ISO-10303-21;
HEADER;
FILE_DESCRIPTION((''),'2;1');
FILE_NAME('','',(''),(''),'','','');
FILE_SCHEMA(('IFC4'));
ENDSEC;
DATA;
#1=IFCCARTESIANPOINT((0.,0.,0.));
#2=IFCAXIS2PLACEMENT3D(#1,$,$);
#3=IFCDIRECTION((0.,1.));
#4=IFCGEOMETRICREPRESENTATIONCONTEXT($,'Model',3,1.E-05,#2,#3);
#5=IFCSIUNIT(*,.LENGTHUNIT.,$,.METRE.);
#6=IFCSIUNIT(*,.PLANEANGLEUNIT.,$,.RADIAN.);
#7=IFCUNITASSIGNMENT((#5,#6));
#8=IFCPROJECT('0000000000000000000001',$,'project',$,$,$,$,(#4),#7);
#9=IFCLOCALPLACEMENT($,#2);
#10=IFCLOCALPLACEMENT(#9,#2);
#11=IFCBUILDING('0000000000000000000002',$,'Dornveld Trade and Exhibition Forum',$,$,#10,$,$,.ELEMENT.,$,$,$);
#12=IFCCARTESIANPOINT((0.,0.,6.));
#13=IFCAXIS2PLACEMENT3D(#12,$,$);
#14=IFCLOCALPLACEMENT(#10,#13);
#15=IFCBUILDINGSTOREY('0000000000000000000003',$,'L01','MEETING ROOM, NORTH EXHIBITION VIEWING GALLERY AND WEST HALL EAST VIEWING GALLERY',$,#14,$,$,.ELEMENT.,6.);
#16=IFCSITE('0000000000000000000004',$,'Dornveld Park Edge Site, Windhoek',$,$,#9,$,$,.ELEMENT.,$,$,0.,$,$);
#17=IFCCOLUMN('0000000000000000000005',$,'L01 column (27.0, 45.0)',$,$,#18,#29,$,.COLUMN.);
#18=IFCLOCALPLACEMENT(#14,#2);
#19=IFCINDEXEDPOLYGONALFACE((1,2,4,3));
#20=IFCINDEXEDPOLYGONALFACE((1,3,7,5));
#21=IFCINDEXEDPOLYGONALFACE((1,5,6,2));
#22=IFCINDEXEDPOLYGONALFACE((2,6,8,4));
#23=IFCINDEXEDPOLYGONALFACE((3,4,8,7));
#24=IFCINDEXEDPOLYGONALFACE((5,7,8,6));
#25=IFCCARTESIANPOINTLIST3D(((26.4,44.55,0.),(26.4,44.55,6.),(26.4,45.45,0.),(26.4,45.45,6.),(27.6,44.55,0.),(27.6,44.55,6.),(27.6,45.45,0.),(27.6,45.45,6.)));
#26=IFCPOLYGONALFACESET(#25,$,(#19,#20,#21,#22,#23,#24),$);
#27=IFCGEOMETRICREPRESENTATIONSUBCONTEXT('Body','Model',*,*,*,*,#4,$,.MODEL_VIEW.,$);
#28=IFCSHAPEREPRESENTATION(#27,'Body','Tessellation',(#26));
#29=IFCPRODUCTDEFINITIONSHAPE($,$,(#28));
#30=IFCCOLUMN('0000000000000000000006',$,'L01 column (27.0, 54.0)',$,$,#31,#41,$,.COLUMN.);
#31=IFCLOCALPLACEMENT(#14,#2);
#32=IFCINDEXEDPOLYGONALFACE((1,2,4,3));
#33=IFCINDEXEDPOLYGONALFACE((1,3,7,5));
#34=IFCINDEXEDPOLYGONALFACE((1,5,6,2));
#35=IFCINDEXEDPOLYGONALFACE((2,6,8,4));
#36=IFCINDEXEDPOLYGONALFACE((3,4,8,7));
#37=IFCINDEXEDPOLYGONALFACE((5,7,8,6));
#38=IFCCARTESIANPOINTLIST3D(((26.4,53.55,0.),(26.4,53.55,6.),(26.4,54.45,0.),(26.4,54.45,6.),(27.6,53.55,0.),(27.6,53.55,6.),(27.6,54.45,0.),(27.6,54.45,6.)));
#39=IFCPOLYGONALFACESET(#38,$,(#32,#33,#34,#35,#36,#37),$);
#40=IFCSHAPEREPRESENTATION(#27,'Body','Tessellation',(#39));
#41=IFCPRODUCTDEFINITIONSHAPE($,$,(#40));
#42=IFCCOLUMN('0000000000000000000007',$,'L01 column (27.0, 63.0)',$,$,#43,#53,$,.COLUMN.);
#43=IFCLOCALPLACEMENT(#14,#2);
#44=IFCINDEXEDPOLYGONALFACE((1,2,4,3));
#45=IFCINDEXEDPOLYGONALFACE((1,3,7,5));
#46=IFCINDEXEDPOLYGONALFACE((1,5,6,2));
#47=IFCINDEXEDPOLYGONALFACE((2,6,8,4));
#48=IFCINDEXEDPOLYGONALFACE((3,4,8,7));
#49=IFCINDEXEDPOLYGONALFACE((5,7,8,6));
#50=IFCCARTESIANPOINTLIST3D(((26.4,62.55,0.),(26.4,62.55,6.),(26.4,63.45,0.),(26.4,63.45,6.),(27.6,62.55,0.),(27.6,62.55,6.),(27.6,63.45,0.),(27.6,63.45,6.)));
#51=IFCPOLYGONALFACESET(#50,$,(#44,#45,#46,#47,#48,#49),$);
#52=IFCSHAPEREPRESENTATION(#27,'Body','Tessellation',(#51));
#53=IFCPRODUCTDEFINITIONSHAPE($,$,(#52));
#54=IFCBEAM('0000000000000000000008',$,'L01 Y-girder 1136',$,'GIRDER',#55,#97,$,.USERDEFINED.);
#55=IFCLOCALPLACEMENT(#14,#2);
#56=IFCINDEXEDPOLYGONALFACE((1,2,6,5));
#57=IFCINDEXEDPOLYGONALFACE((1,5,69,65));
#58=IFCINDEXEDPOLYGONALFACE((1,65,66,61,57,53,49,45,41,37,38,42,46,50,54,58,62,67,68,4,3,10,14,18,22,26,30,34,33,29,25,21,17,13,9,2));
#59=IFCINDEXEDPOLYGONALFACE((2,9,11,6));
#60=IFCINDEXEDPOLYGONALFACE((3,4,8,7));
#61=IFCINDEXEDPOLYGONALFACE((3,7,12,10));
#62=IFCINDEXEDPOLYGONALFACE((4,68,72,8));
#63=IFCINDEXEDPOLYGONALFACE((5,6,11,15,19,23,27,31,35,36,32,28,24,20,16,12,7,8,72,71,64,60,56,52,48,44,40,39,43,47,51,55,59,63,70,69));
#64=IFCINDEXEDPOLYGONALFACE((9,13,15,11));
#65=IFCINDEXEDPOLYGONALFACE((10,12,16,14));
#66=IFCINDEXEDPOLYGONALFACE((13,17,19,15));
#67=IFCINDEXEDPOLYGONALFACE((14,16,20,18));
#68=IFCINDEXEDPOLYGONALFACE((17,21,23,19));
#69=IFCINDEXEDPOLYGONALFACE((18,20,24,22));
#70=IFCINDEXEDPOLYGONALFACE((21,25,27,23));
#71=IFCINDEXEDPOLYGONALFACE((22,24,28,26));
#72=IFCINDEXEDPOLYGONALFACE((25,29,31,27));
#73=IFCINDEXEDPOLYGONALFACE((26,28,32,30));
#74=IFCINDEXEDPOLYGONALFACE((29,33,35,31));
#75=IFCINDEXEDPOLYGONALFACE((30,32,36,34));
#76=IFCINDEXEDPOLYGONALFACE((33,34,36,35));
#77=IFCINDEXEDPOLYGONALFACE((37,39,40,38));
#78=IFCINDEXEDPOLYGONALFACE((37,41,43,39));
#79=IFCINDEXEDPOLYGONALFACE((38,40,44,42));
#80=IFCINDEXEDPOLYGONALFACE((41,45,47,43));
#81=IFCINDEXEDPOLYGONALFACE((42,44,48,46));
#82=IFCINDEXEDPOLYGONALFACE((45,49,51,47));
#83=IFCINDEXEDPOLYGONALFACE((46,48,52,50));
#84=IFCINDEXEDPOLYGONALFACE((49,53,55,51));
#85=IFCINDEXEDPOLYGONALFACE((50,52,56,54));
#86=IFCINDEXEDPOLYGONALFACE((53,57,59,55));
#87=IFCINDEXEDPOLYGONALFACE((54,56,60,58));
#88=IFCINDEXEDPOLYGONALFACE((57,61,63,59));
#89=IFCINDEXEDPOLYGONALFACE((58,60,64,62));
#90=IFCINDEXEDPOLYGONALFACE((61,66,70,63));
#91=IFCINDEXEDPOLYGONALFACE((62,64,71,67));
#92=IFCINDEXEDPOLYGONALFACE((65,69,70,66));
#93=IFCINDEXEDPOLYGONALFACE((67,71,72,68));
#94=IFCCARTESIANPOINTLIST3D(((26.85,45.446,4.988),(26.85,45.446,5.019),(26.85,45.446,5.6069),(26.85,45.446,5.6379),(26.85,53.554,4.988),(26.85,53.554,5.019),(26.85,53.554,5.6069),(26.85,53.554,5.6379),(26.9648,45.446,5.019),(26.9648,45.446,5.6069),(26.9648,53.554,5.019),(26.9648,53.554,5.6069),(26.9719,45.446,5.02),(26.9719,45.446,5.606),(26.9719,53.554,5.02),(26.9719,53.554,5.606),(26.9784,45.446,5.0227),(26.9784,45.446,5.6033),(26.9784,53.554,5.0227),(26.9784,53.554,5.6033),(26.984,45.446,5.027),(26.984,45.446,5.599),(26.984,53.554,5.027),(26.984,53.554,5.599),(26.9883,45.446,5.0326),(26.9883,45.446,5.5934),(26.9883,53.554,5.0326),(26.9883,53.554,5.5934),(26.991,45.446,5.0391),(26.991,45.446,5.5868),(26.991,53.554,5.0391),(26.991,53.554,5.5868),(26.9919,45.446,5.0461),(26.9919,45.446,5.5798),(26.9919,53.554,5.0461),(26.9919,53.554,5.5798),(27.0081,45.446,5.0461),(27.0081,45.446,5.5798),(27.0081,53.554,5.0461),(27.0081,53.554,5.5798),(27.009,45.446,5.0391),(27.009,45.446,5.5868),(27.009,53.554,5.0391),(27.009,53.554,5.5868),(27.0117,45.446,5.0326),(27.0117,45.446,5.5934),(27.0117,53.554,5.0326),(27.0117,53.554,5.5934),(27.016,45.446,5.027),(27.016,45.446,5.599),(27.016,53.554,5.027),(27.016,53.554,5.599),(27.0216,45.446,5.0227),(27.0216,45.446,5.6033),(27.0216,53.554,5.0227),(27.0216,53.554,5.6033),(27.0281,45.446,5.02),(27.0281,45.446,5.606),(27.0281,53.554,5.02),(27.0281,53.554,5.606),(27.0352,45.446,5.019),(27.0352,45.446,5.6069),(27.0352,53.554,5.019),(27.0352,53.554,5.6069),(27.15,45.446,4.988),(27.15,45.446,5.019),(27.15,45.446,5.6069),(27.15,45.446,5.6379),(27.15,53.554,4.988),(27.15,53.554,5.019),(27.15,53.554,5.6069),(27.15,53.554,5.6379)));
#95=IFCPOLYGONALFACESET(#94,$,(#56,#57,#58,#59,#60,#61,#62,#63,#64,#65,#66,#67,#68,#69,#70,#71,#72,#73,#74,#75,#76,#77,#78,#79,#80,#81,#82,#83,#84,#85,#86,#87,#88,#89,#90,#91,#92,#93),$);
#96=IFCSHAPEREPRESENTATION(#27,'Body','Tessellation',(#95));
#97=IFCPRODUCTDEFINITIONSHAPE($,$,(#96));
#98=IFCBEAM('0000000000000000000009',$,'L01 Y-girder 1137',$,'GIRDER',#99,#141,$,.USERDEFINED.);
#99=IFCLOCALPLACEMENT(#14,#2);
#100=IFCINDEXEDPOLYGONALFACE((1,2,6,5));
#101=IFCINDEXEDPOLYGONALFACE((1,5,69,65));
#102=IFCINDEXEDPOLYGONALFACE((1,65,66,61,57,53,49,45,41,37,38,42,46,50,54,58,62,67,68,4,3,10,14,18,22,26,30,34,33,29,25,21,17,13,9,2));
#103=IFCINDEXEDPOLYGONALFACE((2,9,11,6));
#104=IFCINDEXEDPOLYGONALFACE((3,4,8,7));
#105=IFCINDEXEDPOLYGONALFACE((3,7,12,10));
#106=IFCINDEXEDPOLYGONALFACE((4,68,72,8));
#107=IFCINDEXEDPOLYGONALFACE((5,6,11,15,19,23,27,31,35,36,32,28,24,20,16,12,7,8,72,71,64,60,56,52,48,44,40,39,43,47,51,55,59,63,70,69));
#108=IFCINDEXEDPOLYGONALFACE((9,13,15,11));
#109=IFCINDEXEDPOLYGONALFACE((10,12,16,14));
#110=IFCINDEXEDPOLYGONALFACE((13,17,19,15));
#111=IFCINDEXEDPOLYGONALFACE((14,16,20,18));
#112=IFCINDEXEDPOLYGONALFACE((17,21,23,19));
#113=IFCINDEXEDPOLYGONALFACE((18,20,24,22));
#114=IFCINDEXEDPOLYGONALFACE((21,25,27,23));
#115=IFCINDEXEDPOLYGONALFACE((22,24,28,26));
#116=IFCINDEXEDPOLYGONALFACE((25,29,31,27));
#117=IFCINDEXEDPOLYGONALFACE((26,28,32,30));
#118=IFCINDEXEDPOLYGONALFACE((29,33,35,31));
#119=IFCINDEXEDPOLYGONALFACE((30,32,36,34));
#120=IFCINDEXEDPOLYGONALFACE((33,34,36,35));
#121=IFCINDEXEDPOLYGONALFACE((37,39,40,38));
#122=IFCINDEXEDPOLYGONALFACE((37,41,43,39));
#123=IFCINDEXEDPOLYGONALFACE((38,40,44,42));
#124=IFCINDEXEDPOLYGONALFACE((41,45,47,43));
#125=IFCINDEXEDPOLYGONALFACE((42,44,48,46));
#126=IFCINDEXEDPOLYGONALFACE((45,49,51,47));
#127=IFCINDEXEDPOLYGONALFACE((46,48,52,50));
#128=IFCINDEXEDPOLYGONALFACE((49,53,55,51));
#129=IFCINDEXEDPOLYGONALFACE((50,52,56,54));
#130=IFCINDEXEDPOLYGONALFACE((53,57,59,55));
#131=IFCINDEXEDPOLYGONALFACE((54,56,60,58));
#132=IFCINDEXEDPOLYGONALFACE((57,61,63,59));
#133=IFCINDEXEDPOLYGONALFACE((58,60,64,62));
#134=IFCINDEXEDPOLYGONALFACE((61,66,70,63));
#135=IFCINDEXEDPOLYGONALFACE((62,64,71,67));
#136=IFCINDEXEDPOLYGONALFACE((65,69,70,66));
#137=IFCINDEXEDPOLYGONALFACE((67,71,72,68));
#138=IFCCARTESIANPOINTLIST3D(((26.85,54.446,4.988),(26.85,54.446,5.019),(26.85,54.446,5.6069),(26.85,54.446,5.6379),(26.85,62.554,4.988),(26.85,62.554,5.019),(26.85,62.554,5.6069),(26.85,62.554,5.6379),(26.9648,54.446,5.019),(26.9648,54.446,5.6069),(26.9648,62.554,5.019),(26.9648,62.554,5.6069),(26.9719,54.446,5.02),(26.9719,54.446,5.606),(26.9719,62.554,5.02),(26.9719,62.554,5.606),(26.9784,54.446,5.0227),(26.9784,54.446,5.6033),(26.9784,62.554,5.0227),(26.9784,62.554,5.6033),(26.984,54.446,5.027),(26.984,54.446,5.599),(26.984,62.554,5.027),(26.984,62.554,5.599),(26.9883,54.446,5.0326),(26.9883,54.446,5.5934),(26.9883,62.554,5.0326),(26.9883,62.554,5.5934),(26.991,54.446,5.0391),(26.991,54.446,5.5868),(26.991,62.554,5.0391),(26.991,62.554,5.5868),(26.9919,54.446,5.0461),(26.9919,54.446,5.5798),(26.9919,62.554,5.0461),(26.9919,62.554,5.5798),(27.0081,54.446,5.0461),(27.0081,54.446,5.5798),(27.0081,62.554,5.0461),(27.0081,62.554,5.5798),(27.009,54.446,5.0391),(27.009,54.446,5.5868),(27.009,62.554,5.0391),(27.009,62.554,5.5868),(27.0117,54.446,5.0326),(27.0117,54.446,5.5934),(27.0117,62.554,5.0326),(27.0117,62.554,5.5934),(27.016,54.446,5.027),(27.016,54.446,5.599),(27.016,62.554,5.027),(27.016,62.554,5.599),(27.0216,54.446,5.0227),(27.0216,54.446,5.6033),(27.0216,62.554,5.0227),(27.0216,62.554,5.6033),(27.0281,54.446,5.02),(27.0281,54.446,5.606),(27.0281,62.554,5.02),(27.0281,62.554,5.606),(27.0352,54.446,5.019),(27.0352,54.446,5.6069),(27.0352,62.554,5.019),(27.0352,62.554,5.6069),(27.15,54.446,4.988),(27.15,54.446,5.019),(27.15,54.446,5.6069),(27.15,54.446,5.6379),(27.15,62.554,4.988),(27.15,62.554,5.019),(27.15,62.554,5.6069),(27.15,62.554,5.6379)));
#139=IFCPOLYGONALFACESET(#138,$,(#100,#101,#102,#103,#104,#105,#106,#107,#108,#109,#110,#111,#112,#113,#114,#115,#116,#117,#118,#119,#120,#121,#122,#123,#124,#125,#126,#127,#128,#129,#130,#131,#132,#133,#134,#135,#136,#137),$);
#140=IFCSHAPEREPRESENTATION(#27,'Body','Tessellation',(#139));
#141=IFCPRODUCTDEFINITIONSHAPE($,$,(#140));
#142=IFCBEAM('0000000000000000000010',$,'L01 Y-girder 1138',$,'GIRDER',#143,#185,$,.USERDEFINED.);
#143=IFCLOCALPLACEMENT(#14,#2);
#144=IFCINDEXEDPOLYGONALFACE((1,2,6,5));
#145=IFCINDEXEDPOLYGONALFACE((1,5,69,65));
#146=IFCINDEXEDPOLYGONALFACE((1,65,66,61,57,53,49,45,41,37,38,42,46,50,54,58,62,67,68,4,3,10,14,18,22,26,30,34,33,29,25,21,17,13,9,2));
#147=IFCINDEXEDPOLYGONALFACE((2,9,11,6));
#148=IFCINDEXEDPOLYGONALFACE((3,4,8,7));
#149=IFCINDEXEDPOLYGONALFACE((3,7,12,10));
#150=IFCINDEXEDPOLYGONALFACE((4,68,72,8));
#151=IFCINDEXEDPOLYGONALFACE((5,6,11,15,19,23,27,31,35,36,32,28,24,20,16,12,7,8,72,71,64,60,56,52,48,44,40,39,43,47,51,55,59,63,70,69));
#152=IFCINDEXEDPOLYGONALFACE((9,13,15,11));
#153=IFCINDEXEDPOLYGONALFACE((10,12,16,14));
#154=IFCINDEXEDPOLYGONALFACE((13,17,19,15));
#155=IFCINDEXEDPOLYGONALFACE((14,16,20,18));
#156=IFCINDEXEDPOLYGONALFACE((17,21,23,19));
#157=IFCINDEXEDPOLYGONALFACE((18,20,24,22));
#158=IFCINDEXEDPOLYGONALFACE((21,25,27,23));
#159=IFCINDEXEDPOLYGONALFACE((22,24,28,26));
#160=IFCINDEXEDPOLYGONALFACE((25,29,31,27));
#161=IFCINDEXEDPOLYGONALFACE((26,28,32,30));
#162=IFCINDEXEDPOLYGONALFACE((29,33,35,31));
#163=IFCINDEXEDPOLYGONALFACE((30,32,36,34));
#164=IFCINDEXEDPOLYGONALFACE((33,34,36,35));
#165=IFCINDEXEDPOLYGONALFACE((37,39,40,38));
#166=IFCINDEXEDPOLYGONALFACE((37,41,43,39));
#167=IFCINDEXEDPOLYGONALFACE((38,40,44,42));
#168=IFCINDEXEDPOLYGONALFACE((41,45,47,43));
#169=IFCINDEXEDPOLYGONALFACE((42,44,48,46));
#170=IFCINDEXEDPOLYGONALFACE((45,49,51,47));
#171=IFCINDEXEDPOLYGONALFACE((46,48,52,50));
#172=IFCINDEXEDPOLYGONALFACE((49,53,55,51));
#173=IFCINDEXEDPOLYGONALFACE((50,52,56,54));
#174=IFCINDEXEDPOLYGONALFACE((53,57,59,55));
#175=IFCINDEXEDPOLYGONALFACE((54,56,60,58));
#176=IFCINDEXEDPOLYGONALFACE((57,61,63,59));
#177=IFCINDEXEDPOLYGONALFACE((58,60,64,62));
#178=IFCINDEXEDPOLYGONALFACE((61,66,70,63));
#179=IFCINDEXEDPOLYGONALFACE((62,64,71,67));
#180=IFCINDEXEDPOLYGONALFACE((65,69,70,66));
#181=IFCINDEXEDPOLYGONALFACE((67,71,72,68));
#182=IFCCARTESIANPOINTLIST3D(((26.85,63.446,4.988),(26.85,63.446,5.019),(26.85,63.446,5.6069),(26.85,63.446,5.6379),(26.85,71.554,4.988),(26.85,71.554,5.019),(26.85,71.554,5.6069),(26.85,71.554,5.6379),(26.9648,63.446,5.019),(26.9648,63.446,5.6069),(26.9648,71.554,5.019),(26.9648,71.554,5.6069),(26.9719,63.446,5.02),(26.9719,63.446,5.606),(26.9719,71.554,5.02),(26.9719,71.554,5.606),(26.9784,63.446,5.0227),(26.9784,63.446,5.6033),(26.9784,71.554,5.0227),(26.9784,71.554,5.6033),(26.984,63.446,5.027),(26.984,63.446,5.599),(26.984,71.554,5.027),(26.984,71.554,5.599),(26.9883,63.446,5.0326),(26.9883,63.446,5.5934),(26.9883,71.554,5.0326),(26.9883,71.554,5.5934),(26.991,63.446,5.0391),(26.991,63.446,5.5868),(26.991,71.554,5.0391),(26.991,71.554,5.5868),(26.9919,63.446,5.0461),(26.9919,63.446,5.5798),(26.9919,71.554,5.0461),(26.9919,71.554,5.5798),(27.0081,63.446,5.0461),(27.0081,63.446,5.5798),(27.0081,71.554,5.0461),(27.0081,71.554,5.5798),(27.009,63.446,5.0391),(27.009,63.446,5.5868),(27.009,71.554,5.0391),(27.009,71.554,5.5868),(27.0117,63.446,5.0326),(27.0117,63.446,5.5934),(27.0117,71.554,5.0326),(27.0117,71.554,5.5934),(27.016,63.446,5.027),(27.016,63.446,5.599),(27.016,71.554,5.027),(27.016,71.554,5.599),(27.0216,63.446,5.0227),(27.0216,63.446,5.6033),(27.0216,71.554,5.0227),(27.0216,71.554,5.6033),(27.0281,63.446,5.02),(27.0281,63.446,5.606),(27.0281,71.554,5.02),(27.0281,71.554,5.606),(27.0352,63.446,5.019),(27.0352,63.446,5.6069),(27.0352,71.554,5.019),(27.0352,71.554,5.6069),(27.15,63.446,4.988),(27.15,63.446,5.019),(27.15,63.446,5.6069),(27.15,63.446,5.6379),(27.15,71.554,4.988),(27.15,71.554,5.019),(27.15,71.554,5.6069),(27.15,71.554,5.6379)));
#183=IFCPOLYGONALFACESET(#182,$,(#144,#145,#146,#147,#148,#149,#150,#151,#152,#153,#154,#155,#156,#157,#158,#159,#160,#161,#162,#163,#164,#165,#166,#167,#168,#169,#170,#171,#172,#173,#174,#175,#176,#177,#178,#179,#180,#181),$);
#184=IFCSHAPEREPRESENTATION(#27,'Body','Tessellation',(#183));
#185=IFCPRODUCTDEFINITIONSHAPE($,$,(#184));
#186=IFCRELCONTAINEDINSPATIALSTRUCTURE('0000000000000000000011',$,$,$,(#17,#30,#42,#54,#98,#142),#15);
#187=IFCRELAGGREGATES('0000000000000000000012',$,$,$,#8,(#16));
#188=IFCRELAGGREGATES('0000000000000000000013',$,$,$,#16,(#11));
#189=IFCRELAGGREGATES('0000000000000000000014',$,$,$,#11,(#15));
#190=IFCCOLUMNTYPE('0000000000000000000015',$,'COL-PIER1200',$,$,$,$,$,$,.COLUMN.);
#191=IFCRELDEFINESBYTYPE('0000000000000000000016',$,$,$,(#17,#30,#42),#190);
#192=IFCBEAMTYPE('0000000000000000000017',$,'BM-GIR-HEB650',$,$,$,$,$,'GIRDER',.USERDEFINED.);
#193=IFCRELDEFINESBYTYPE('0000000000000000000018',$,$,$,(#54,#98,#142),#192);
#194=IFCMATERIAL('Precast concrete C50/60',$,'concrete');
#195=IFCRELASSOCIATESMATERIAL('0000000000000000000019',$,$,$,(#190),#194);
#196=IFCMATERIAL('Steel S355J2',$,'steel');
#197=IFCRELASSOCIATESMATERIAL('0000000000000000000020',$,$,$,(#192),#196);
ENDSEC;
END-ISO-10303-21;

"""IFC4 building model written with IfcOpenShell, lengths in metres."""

from ifc_helpers import new_model, si_unit, direction, frame, origin, origin_2d, place, context, subcontext, project, spatial, rectangle, i_section, extrude, material, material_profile, profile_set, type_object, element, save


model = new_model("IFC4")

# Units and contexts
model_context = context("Model", 3, precision=1e-05, world=origin(), true_north=direction((0.0, 1.0)))
body_context = subcontext(model_context, "Body", "Model", "MODEL_VIEW")
ifc_project = project(units=[si_unit("LENGTHUNIT", "METRE"), si_unit("PLANEANGLEUNIT", "RADIAN")], contexts=[model_context])

# Site, building, storey
site_placement = place(None, origin())
site = spatial("IfcSite", under=ifc_project, at=site_placement, Name="Dornveld Park Edge Site, Windhoek", CompositionType="ELEMENT", RefElevation=0.0)
building_placement = place(site_placement, origin())
building = spatial("IfcBuilding", under=site, at=building_placement, Name="Dornveld Trade and Exhibition Forum", CompositionType="ELEMENT")
storey_placement = place(building_placement, frame((0.0, 0.0, 6.0)))
storey = spatial("IfcBuildingStorey", under=building, at=storey_placement, Name="L01", Description="MEETING ROOM, NORTH EXHIBITION VIEWING GALLERY AND WEST HALL EAST VIEWING GALLERY", CompositionType="ELEMENT", Elevation=6.0)

# Columns
ifc_material_1 = material(Name="Precast concrete C50/60", Category="concrete")
ifc_material_profile_1 = material_profile(ifc_material_1, rectangle(XDim=1.2, YDim=0.8999, at=origin_2d()), Name="PC-PIER 1200x900")
ifc_profile_set_1 = profile_set([ifc_material_profile_1], Name="Precast concrete C50/60")
column_type = type_object("IfcColumnType", Name="COL-PIER1200", PredefinedType="COLUMN", material=ifc_profile_set_1)
for number, where, z_axis, x_axis, name in (
    (1, (27.0, 45.0, 0.0), (0.0, 0.0, 1.0), (1.0, 0.0, 0.0), "L01 column (27.0, 45.0)"),
    (2, (27.0, 54.0, 0.0), (0.0, 0.0, 1.0), (1.0, 0.0, 0.0), "L01 column (27.0, 54.0)"),
    (3, (27.0, 63.0, 0.0), (0.0, 0.0, 1.0), (1.0, 0.0, 0.0), "L01 column (27.0, 63.0)"),
):
    element("IfcColumn", number, at=place(storey_placement, frame(where, z_axis=z_axis, x_axis=x_axis)), inside=storey, type_object=column_type, Name=name, PredefinedType="COLUMN", context=body_context, shape_type="SweptSolid", body=[
        extrude(rectangle(XDim=1.2, YDim=0.8999, at=origin_2d()), origin(), (0.0, 0.0, 1.0), 6.0),
    ])

# Beams
ifc_material_2 = material(Name="Steel S355J2", Category="steel")
ifc_material_profile_2 = material_profile(ifc_material_2, i_section(OverallWidth=0.3, OverallDepth=0.6499, WebThickness=0.0161, FlangeThickness=0.031, FilletRadius=0.0271, at=origin_2d()), Name="HEB 650")
ifc_profile_set_2 = profile_set([ifc_material_profile_2], Name="Steel S355J2")
beam_type_1 = type_object("IfcBeamType", Name="BM-GIR-HEB650", ElementType="GIRDER", PredefinedType="USERDEFINED", material=ifc_profile_set_2)
for number, where, z_axis, x_axis, name in (
    (4, (27.0, 45.446, 5.313), (0.0, 1.0, 0.0), (-1.0, 0.0, 0.0), "L01 Y-girder 1136"),
    (5, (27.0, 54.446, 5.313), (0.0, 1.0, 0.0), (-1.0, 0.0, 0.0), "L01 Y-girder 1137"),
    (6, (27.0, 63.446, 5.313), (0.0, 1.0, 0.0), (-1.0, 0.0, 0.0), "L01 Y-girder 1138"),
):
    element("IfcBeam", number, at=place(storey_placement, frame(where, z_axis=z_axis, x_axis=x_axis)), inside=storey, type_object=beam_type_1, Name=name, ObjectType="GIRDER", PredefinedType="USERDEFINED", context=body_context, shape_type="SweptSolid", body=[
        extrude(i_section(OverallWidth=0.3, OverallDepth=0.6499, WebThickness=0.0161, FlangeThickness=0.031, FilletRadius=0.0271, at=origin_2d()), origin(), (0.0, 0.0, 1.0), 8.1079),
    ])

save(model, "model.ifc")
